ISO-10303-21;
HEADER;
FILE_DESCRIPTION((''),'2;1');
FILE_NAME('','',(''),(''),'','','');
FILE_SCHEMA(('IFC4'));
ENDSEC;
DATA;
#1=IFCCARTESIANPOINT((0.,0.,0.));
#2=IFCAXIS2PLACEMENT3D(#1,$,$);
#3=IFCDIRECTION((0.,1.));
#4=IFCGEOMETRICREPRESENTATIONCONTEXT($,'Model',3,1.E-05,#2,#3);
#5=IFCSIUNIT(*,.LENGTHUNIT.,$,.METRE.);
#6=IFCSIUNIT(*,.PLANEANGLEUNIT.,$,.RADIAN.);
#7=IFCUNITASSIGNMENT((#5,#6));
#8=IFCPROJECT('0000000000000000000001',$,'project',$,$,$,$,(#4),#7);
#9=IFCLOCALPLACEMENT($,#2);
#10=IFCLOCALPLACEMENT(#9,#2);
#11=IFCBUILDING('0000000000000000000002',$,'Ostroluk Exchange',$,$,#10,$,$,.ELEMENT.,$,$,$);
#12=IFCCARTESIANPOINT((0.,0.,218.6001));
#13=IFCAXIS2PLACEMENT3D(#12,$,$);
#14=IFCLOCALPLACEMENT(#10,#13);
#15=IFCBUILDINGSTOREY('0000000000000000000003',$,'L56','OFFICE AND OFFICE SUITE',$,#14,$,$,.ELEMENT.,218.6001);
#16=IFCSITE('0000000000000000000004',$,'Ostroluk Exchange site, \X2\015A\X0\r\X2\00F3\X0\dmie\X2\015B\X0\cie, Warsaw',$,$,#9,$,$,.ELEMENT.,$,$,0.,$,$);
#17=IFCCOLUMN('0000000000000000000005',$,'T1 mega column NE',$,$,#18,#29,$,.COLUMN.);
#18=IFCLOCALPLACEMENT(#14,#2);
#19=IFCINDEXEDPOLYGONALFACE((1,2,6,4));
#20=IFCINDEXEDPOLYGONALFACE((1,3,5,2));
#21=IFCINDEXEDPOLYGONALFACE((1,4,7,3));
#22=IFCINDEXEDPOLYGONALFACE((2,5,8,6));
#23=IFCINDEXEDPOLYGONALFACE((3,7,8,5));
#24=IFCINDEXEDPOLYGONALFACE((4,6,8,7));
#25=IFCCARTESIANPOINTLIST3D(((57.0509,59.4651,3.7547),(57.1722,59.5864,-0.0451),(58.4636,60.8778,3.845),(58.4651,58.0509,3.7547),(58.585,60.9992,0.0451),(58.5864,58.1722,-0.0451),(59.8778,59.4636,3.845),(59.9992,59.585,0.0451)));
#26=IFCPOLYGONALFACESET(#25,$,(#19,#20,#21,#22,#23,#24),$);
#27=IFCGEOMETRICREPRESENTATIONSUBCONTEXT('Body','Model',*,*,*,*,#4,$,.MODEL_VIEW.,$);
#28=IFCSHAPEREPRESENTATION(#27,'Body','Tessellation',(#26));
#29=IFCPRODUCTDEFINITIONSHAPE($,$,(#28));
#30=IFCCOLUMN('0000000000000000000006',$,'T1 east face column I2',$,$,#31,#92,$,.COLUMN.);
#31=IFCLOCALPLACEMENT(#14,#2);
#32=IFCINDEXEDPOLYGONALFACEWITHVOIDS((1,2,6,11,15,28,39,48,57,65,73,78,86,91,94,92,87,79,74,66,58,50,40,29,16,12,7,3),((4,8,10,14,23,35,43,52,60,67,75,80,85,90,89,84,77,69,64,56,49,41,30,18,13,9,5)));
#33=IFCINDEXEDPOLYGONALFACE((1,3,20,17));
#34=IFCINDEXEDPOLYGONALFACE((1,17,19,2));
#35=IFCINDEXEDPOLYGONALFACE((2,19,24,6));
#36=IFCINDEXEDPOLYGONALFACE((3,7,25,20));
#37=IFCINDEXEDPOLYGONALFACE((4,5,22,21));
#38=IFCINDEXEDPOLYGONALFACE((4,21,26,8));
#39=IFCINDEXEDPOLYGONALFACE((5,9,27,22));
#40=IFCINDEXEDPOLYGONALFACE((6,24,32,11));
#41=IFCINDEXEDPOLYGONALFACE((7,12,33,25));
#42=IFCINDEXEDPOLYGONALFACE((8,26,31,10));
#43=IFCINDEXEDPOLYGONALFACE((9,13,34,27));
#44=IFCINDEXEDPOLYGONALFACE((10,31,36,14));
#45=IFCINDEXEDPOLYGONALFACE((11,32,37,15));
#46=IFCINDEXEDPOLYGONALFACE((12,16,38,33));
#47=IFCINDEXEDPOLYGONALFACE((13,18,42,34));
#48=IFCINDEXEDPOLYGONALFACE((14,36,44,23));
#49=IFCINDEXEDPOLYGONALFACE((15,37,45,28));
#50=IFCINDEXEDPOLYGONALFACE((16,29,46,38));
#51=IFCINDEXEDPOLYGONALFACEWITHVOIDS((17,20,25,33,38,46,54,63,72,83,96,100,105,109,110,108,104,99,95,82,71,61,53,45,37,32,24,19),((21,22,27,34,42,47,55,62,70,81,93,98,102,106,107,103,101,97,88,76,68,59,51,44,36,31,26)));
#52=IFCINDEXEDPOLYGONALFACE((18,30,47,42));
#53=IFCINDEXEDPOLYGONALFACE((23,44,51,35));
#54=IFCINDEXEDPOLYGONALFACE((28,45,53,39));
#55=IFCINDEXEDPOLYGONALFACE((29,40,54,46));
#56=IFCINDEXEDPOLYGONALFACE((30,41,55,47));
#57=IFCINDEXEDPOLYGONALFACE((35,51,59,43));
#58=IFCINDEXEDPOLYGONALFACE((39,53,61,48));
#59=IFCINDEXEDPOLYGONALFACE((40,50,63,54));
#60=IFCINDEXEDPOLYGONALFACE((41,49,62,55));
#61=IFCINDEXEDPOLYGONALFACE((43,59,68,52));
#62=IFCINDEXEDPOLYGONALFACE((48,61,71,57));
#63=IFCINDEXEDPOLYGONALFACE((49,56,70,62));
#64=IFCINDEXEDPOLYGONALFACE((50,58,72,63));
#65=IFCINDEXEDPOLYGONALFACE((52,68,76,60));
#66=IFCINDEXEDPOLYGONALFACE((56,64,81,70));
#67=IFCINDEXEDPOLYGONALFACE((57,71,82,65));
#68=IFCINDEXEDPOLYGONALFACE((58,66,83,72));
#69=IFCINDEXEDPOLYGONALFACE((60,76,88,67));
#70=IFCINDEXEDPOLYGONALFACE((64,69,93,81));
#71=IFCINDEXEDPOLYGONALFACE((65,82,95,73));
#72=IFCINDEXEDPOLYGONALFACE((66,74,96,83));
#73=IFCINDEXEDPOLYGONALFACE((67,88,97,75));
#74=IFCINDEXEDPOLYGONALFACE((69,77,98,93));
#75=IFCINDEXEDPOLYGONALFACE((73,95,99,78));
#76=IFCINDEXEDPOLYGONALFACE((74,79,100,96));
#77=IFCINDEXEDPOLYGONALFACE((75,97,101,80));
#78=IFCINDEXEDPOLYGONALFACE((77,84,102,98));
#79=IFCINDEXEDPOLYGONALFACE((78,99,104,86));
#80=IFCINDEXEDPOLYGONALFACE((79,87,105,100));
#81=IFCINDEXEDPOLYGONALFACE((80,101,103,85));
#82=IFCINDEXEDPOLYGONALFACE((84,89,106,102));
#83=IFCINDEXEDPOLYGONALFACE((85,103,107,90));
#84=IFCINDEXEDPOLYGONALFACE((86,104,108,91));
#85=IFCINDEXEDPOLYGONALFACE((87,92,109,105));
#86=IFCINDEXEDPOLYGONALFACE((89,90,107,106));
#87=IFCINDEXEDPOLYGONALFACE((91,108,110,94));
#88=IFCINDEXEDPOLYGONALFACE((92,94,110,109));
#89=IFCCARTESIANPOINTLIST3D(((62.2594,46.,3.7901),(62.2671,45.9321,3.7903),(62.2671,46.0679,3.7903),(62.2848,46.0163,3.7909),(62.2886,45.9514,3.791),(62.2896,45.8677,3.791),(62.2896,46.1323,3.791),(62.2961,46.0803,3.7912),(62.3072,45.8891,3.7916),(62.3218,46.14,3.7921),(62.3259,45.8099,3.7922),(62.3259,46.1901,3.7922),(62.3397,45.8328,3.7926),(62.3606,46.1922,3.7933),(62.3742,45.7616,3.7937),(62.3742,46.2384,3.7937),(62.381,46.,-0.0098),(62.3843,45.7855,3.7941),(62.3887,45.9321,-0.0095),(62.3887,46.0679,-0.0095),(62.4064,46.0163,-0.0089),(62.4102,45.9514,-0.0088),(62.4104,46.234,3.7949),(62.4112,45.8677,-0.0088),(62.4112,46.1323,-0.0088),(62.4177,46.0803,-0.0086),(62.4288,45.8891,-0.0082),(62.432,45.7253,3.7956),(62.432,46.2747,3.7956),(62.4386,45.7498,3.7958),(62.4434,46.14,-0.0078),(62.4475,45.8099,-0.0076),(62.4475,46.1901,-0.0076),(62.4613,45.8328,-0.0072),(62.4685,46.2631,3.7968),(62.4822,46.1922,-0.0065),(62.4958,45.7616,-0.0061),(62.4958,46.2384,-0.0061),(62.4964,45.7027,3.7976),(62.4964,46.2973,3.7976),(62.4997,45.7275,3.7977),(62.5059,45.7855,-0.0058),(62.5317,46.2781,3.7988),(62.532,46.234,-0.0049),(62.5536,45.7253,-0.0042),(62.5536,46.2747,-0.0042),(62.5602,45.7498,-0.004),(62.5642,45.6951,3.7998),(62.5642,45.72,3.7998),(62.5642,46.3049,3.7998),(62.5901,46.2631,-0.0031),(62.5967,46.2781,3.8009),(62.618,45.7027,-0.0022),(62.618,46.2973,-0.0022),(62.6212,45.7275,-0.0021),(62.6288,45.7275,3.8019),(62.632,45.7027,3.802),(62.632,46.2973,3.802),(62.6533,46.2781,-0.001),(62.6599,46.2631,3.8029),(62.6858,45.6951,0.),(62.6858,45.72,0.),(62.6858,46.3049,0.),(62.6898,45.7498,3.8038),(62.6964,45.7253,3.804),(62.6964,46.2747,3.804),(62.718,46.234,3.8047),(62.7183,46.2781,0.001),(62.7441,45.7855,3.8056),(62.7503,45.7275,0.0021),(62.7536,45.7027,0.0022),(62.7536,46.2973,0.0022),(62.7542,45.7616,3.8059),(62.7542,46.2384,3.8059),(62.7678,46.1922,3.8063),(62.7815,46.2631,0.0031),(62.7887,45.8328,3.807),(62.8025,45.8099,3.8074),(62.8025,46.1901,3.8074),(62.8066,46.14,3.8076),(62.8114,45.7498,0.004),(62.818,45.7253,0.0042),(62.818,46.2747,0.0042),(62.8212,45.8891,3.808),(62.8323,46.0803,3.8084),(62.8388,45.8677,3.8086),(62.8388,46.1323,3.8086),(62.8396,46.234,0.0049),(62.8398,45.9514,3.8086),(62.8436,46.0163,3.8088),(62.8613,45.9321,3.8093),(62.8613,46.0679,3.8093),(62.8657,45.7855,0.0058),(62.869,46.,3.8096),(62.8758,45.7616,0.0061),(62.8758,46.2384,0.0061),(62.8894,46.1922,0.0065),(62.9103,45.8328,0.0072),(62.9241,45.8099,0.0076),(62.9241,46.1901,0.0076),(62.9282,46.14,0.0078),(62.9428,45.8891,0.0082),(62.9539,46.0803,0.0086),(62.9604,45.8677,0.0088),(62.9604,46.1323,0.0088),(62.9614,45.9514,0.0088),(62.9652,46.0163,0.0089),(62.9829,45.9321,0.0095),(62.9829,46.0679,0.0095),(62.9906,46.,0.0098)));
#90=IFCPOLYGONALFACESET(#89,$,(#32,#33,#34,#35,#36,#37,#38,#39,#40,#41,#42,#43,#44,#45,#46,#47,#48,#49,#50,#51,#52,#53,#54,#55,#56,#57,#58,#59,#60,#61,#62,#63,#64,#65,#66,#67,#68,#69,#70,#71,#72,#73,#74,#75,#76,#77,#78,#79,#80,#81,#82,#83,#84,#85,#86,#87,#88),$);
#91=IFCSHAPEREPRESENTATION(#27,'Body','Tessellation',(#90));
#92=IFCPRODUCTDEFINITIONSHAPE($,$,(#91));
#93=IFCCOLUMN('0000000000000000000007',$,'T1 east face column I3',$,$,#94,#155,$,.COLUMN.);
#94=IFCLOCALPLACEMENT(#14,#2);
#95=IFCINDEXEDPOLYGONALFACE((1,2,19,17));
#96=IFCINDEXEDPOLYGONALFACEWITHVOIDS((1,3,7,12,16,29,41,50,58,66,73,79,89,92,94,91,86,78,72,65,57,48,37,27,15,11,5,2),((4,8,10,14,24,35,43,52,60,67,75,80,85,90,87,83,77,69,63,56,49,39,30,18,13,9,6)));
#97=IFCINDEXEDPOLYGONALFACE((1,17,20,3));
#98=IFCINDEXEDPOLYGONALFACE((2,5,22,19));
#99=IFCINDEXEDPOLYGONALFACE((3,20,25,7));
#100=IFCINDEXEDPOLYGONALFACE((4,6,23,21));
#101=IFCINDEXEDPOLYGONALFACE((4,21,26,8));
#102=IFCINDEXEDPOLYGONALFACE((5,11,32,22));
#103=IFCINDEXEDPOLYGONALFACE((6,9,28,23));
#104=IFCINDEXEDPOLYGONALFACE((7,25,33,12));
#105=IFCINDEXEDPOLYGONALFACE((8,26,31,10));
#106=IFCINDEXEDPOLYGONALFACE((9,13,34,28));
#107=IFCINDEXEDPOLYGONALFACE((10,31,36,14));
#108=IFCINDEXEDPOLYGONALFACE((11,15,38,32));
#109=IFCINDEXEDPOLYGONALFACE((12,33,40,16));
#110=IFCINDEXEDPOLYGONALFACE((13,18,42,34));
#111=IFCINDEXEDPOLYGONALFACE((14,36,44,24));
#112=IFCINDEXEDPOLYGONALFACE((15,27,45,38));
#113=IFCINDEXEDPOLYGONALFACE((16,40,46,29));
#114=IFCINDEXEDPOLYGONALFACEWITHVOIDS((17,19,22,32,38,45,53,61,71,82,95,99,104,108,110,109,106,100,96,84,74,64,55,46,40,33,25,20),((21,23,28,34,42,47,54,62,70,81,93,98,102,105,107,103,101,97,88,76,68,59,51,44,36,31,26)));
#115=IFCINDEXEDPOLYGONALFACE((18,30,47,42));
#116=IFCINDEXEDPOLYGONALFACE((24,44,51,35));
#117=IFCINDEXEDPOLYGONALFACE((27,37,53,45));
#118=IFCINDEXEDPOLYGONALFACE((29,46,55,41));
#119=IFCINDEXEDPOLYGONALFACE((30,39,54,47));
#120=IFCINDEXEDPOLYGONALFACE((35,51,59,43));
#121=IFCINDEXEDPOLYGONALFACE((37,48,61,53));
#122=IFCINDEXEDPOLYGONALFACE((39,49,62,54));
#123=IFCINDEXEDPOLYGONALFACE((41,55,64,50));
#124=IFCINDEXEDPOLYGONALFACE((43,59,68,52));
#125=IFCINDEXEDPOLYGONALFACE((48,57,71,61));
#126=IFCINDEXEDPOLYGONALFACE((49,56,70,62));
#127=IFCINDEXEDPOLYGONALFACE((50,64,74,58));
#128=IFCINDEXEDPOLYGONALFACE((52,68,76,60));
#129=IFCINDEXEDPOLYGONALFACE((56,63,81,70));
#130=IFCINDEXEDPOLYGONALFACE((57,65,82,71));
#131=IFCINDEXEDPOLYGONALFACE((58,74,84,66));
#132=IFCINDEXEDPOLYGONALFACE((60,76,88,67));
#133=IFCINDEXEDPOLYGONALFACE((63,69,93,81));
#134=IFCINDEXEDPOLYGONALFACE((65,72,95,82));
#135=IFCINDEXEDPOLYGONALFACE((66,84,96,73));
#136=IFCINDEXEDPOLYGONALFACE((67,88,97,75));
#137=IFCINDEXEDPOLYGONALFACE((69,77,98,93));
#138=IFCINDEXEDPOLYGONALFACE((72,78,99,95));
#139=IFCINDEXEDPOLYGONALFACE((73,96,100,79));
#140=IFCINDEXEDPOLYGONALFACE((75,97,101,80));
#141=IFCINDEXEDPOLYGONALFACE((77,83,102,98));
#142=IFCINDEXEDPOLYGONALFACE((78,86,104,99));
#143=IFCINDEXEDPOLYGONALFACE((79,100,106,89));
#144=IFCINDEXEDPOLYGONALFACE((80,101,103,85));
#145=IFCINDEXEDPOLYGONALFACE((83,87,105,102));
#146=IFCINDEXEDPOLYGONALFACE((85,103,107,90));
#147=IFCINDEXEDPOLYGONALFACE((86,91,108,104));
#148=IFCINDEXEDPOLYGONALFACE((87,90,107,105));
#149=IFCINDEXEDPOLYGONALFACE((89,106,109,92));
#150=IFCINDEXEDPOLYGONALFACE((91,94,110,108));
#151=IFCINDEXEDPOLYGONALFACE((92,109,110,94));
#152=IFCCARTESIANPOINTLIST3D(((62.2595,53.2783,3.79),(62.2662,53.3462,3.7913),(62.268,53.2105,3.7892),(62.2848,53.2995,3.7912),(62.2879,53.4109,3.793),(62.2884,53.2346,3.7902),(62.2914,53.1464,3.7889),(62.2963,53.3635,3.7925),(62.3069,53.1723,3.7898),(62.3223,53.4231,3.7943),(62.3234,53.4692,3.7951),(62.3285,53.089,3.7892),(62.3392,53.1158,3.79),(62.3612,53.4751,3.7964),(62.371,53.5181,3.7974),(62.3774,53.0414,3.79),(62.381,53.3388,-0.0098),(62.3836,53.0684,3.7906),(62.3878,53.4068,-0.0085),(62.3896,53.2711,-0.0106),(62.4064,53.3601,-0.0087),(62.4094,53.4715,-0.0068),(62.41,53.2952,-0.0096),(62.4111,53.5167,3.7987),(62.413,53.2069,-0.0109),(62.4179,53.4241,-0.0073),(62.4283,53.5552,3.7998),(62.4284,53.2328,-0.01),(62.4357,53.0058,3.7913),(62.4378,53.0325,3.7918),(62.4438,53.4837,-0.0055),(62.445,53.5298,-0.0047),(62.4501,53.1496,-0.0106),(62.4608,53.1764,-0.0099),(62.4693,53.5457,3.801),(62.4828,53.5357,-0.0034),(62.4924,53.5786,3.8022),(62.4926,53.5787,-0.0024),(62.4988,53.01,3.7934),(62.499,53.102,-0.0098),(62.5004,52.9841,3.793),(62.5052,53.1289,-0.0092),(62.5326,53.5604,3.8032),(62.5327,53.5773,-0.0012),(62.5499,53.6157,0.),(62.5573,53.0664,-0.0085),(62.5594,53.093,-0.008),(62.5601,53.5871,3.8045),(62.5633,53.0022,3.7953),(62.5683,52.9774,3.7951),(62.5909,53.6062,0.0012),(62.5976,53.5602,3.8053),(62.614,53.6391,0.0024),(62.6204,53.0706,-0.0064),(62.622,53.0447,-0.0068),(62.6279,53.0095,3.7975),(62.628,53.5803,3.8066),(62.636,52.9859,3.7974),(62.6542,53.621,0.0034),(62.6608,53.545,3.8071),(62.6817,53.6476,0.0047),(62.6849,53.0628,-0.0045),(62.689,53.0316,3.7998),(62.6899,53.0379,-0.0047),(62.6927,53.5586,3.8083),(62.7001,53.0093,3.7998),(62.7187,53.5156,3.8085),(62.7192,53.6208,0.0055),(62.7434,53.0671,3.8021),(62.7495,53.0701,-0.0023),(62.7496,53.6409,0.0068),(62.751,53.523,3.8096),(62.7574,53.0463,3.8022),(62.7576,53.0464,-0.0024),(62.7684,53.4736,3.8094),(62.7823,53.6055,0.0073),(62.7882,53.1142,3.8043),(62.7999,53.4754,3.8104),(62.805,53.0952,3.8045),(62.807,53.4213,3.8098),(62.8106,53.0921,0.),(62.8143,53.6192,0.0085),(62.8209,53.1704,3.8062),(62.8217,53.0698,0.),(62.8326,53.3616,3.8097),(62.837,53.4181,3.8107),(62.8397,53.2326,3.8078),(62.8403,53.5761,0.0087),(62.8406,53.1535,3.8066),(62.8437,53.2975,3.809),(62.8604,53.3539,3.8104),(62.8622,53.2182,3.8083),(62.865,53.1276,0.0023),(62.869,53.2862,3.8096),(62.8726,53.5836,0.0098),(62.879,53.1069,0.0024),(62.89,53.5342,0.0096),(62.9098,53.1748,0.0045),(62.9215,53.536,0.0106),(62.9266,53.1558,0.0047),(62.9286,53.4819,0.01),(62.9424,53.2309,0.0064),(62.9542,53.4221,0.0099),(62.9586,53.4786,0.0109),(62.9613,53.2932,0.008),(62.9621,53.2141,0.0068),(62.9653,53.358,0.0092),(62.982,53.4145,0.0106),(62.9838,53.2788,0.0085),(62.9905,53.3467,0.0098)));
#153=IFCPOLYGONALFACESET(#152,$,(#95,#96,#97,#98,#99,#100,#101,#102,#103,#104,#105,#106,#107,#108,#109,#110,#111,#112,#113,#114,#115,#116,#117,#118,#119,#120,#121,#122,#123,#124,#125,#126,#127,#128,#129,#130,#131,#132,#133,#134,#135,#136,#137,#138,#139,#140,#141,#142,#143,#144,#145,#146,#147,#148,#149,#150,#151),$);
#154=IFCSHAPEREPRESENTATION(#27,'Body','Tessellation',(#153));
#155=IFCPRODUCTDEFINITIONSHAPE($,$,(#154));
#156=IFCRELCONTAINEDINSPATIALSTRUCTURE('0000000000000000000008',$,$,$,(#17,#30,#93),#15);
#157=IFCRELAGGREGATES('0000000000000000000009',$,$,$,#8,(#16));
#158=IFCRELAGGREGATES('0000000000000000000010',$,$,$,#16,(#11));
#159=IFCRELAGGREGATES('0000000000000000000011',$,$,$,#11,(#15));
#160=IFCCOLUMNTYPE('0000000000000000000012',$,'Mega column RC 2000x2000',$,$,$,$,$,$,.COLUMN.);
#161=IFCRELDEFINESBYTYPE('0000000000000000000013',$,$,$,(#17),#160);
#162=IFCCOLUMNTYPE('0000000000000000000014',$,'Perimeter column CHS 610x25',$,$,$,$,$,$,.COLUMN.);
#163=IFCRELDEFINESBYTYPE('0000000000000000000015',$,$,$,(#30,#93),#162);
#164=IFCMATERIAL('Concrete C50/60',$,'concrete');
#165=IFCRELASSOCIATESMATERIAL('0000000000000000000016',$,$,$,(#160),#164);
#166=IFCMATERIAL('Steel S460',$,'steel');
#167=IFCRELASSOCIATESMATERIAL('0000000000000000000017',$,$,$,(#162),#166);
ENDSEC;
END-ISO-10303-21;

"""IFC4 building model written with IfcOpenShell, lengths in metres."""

from ifc_helpers import new_model, si_unit, direction, frame, origin, origin_2d, place, context, subcontext, project, spatial, rectangle, hollow_circle, extrude, material, material_profile, profile_set, type_object, element, save


model = new_model("IFC4")

# Units and contexts
model_context = context("Model", 3, precision=1e-05, world=origin(), true_north=direction((0.0, 1.0)))
body_context = subcontext(model_context, "Body", "Model", "MODEL_VIEW")
ifc_project = project(units=[si_unit("LENGTHUNIT", "METRE"), si_unit("PLANEANGLEUNIT", "RADIAN")], contexts=[model_context])

# Site, building, storey
site_placement = place(None, origin())
site = spatial("IfcSite", under=ifc_project, at=site_placement, Name="Ostroluk Exchange site, Śródmieście, Warsaw", CompositionType="ELEMENT", RefElevation=0.0)
building_placement = place(site_placement, origin())
building = spatial("IfcBuilding", under=site, at=building_placement, Name="Ostroluk Exchange", CompositionType="ELEMENT")
storey_placement = place(building_placement, frame((0.0, 0.0, 218.6001)))
storey = spatial("IfcBuildingStorey", under=building, at=storey_placement, Name="L56", Description="OFFICE AND OFFICE SUITE", CompositionType="ELEMENT", Elevation=218.6001)

# Columns
ifc_material_1 = material(Name="Concrete C50/60", Category="concrete")
ifc_material_profile_1 = material_profile(ifc_material_1, rectangle(XDim=2.0, YDim=2.0, at=origin_2d()), Name="RC 2000x2000")
ifc_profile_set_1 = profile_set([ifc_material_profile_1], Name="Concrete C50/60")
column_type_1 = type_object("IfcColumnType", Name="Mega column RC 2000x2000", PredefinedType="COLUMN", material=ifc_profile_set_1)
column_1_placement = place(storey_placement, frame((58.5857, 59.5857, 0.0), z_axis=(-0.0319, -0.0319, 0.998982), x_axis=(0.707107, -0.707107, 0.0)))
element("IfcColumn", 1, at=column_1_placement, inside=storey, type_object=column_type_1, Name="T1 mega column NE", PredefinedType="COLUMN", context=body_context, shape_type="SweptSolid", body=[
    extrude(rectangle(XDim=2.0, YDim=2.0, at=origin_2d()), origin(), (0.0, 0.0, 1.0), 3.8037),
])
ifc_material_2 = material(Name="Steel S460", Category="steel")
ifc_material_profile_2 = material_profile(ifc_material_2, hollow_circle(Radius=0.3049, WallThickness=0.0249, at=origin_2d()), Name="CHS 610x25")
ifc_profile_set_2 = profile_set([ifc_material_profile_2], Name="Steel S460")
column_type_2 = type_object("IfcColumnType", Name="Perimeter column CHS 610x25", PredefinedType="COLUMN", material=ifc_profile_set_2)
column_2_placement = place(storey_placement, frame((62.6858, 46.0, 0.0), z_axis=(-0.031981, 0.0, 0.999488), x_axis=(0.0, -1.0, 0.0)))
element("IfcColumn", 2, at=column_2_placement, inside=storey, type_object=column_type_2, Name="T1 east face column I2", PredefinedType="COLUMN", context=body_context, shape_type="SweptSolid", body=[
    extrude(hollow_circle(Radius=0.3049, WallThickness=0.0249, at=origin_2d()), origin(), (0.0, 0.0, 1.0), 3.8018),
])
column_3_placement = place(storey_placement, frame((62.6858, 53.3428, 0.0), z_axis=(-0.031976, -0.015924, 0.999362), x_axis=(0.445775, -0.895145, 0.0)))
element("IfcColumn", 3, at=column_3_placement, inside=storey, type_object=column_type_2, Name="T1 east face column I3", PredefinedType="COLUMN", context=body_context, shape_type="SweptSolid", body=[
    extrude(hollow_circle(Radius=0.3049, WallThickness=0.0249, at=origin_2d()), origin(), (0.0, 0.0, 1.0), 3.8022),
])

save(model, "model.ifc")
